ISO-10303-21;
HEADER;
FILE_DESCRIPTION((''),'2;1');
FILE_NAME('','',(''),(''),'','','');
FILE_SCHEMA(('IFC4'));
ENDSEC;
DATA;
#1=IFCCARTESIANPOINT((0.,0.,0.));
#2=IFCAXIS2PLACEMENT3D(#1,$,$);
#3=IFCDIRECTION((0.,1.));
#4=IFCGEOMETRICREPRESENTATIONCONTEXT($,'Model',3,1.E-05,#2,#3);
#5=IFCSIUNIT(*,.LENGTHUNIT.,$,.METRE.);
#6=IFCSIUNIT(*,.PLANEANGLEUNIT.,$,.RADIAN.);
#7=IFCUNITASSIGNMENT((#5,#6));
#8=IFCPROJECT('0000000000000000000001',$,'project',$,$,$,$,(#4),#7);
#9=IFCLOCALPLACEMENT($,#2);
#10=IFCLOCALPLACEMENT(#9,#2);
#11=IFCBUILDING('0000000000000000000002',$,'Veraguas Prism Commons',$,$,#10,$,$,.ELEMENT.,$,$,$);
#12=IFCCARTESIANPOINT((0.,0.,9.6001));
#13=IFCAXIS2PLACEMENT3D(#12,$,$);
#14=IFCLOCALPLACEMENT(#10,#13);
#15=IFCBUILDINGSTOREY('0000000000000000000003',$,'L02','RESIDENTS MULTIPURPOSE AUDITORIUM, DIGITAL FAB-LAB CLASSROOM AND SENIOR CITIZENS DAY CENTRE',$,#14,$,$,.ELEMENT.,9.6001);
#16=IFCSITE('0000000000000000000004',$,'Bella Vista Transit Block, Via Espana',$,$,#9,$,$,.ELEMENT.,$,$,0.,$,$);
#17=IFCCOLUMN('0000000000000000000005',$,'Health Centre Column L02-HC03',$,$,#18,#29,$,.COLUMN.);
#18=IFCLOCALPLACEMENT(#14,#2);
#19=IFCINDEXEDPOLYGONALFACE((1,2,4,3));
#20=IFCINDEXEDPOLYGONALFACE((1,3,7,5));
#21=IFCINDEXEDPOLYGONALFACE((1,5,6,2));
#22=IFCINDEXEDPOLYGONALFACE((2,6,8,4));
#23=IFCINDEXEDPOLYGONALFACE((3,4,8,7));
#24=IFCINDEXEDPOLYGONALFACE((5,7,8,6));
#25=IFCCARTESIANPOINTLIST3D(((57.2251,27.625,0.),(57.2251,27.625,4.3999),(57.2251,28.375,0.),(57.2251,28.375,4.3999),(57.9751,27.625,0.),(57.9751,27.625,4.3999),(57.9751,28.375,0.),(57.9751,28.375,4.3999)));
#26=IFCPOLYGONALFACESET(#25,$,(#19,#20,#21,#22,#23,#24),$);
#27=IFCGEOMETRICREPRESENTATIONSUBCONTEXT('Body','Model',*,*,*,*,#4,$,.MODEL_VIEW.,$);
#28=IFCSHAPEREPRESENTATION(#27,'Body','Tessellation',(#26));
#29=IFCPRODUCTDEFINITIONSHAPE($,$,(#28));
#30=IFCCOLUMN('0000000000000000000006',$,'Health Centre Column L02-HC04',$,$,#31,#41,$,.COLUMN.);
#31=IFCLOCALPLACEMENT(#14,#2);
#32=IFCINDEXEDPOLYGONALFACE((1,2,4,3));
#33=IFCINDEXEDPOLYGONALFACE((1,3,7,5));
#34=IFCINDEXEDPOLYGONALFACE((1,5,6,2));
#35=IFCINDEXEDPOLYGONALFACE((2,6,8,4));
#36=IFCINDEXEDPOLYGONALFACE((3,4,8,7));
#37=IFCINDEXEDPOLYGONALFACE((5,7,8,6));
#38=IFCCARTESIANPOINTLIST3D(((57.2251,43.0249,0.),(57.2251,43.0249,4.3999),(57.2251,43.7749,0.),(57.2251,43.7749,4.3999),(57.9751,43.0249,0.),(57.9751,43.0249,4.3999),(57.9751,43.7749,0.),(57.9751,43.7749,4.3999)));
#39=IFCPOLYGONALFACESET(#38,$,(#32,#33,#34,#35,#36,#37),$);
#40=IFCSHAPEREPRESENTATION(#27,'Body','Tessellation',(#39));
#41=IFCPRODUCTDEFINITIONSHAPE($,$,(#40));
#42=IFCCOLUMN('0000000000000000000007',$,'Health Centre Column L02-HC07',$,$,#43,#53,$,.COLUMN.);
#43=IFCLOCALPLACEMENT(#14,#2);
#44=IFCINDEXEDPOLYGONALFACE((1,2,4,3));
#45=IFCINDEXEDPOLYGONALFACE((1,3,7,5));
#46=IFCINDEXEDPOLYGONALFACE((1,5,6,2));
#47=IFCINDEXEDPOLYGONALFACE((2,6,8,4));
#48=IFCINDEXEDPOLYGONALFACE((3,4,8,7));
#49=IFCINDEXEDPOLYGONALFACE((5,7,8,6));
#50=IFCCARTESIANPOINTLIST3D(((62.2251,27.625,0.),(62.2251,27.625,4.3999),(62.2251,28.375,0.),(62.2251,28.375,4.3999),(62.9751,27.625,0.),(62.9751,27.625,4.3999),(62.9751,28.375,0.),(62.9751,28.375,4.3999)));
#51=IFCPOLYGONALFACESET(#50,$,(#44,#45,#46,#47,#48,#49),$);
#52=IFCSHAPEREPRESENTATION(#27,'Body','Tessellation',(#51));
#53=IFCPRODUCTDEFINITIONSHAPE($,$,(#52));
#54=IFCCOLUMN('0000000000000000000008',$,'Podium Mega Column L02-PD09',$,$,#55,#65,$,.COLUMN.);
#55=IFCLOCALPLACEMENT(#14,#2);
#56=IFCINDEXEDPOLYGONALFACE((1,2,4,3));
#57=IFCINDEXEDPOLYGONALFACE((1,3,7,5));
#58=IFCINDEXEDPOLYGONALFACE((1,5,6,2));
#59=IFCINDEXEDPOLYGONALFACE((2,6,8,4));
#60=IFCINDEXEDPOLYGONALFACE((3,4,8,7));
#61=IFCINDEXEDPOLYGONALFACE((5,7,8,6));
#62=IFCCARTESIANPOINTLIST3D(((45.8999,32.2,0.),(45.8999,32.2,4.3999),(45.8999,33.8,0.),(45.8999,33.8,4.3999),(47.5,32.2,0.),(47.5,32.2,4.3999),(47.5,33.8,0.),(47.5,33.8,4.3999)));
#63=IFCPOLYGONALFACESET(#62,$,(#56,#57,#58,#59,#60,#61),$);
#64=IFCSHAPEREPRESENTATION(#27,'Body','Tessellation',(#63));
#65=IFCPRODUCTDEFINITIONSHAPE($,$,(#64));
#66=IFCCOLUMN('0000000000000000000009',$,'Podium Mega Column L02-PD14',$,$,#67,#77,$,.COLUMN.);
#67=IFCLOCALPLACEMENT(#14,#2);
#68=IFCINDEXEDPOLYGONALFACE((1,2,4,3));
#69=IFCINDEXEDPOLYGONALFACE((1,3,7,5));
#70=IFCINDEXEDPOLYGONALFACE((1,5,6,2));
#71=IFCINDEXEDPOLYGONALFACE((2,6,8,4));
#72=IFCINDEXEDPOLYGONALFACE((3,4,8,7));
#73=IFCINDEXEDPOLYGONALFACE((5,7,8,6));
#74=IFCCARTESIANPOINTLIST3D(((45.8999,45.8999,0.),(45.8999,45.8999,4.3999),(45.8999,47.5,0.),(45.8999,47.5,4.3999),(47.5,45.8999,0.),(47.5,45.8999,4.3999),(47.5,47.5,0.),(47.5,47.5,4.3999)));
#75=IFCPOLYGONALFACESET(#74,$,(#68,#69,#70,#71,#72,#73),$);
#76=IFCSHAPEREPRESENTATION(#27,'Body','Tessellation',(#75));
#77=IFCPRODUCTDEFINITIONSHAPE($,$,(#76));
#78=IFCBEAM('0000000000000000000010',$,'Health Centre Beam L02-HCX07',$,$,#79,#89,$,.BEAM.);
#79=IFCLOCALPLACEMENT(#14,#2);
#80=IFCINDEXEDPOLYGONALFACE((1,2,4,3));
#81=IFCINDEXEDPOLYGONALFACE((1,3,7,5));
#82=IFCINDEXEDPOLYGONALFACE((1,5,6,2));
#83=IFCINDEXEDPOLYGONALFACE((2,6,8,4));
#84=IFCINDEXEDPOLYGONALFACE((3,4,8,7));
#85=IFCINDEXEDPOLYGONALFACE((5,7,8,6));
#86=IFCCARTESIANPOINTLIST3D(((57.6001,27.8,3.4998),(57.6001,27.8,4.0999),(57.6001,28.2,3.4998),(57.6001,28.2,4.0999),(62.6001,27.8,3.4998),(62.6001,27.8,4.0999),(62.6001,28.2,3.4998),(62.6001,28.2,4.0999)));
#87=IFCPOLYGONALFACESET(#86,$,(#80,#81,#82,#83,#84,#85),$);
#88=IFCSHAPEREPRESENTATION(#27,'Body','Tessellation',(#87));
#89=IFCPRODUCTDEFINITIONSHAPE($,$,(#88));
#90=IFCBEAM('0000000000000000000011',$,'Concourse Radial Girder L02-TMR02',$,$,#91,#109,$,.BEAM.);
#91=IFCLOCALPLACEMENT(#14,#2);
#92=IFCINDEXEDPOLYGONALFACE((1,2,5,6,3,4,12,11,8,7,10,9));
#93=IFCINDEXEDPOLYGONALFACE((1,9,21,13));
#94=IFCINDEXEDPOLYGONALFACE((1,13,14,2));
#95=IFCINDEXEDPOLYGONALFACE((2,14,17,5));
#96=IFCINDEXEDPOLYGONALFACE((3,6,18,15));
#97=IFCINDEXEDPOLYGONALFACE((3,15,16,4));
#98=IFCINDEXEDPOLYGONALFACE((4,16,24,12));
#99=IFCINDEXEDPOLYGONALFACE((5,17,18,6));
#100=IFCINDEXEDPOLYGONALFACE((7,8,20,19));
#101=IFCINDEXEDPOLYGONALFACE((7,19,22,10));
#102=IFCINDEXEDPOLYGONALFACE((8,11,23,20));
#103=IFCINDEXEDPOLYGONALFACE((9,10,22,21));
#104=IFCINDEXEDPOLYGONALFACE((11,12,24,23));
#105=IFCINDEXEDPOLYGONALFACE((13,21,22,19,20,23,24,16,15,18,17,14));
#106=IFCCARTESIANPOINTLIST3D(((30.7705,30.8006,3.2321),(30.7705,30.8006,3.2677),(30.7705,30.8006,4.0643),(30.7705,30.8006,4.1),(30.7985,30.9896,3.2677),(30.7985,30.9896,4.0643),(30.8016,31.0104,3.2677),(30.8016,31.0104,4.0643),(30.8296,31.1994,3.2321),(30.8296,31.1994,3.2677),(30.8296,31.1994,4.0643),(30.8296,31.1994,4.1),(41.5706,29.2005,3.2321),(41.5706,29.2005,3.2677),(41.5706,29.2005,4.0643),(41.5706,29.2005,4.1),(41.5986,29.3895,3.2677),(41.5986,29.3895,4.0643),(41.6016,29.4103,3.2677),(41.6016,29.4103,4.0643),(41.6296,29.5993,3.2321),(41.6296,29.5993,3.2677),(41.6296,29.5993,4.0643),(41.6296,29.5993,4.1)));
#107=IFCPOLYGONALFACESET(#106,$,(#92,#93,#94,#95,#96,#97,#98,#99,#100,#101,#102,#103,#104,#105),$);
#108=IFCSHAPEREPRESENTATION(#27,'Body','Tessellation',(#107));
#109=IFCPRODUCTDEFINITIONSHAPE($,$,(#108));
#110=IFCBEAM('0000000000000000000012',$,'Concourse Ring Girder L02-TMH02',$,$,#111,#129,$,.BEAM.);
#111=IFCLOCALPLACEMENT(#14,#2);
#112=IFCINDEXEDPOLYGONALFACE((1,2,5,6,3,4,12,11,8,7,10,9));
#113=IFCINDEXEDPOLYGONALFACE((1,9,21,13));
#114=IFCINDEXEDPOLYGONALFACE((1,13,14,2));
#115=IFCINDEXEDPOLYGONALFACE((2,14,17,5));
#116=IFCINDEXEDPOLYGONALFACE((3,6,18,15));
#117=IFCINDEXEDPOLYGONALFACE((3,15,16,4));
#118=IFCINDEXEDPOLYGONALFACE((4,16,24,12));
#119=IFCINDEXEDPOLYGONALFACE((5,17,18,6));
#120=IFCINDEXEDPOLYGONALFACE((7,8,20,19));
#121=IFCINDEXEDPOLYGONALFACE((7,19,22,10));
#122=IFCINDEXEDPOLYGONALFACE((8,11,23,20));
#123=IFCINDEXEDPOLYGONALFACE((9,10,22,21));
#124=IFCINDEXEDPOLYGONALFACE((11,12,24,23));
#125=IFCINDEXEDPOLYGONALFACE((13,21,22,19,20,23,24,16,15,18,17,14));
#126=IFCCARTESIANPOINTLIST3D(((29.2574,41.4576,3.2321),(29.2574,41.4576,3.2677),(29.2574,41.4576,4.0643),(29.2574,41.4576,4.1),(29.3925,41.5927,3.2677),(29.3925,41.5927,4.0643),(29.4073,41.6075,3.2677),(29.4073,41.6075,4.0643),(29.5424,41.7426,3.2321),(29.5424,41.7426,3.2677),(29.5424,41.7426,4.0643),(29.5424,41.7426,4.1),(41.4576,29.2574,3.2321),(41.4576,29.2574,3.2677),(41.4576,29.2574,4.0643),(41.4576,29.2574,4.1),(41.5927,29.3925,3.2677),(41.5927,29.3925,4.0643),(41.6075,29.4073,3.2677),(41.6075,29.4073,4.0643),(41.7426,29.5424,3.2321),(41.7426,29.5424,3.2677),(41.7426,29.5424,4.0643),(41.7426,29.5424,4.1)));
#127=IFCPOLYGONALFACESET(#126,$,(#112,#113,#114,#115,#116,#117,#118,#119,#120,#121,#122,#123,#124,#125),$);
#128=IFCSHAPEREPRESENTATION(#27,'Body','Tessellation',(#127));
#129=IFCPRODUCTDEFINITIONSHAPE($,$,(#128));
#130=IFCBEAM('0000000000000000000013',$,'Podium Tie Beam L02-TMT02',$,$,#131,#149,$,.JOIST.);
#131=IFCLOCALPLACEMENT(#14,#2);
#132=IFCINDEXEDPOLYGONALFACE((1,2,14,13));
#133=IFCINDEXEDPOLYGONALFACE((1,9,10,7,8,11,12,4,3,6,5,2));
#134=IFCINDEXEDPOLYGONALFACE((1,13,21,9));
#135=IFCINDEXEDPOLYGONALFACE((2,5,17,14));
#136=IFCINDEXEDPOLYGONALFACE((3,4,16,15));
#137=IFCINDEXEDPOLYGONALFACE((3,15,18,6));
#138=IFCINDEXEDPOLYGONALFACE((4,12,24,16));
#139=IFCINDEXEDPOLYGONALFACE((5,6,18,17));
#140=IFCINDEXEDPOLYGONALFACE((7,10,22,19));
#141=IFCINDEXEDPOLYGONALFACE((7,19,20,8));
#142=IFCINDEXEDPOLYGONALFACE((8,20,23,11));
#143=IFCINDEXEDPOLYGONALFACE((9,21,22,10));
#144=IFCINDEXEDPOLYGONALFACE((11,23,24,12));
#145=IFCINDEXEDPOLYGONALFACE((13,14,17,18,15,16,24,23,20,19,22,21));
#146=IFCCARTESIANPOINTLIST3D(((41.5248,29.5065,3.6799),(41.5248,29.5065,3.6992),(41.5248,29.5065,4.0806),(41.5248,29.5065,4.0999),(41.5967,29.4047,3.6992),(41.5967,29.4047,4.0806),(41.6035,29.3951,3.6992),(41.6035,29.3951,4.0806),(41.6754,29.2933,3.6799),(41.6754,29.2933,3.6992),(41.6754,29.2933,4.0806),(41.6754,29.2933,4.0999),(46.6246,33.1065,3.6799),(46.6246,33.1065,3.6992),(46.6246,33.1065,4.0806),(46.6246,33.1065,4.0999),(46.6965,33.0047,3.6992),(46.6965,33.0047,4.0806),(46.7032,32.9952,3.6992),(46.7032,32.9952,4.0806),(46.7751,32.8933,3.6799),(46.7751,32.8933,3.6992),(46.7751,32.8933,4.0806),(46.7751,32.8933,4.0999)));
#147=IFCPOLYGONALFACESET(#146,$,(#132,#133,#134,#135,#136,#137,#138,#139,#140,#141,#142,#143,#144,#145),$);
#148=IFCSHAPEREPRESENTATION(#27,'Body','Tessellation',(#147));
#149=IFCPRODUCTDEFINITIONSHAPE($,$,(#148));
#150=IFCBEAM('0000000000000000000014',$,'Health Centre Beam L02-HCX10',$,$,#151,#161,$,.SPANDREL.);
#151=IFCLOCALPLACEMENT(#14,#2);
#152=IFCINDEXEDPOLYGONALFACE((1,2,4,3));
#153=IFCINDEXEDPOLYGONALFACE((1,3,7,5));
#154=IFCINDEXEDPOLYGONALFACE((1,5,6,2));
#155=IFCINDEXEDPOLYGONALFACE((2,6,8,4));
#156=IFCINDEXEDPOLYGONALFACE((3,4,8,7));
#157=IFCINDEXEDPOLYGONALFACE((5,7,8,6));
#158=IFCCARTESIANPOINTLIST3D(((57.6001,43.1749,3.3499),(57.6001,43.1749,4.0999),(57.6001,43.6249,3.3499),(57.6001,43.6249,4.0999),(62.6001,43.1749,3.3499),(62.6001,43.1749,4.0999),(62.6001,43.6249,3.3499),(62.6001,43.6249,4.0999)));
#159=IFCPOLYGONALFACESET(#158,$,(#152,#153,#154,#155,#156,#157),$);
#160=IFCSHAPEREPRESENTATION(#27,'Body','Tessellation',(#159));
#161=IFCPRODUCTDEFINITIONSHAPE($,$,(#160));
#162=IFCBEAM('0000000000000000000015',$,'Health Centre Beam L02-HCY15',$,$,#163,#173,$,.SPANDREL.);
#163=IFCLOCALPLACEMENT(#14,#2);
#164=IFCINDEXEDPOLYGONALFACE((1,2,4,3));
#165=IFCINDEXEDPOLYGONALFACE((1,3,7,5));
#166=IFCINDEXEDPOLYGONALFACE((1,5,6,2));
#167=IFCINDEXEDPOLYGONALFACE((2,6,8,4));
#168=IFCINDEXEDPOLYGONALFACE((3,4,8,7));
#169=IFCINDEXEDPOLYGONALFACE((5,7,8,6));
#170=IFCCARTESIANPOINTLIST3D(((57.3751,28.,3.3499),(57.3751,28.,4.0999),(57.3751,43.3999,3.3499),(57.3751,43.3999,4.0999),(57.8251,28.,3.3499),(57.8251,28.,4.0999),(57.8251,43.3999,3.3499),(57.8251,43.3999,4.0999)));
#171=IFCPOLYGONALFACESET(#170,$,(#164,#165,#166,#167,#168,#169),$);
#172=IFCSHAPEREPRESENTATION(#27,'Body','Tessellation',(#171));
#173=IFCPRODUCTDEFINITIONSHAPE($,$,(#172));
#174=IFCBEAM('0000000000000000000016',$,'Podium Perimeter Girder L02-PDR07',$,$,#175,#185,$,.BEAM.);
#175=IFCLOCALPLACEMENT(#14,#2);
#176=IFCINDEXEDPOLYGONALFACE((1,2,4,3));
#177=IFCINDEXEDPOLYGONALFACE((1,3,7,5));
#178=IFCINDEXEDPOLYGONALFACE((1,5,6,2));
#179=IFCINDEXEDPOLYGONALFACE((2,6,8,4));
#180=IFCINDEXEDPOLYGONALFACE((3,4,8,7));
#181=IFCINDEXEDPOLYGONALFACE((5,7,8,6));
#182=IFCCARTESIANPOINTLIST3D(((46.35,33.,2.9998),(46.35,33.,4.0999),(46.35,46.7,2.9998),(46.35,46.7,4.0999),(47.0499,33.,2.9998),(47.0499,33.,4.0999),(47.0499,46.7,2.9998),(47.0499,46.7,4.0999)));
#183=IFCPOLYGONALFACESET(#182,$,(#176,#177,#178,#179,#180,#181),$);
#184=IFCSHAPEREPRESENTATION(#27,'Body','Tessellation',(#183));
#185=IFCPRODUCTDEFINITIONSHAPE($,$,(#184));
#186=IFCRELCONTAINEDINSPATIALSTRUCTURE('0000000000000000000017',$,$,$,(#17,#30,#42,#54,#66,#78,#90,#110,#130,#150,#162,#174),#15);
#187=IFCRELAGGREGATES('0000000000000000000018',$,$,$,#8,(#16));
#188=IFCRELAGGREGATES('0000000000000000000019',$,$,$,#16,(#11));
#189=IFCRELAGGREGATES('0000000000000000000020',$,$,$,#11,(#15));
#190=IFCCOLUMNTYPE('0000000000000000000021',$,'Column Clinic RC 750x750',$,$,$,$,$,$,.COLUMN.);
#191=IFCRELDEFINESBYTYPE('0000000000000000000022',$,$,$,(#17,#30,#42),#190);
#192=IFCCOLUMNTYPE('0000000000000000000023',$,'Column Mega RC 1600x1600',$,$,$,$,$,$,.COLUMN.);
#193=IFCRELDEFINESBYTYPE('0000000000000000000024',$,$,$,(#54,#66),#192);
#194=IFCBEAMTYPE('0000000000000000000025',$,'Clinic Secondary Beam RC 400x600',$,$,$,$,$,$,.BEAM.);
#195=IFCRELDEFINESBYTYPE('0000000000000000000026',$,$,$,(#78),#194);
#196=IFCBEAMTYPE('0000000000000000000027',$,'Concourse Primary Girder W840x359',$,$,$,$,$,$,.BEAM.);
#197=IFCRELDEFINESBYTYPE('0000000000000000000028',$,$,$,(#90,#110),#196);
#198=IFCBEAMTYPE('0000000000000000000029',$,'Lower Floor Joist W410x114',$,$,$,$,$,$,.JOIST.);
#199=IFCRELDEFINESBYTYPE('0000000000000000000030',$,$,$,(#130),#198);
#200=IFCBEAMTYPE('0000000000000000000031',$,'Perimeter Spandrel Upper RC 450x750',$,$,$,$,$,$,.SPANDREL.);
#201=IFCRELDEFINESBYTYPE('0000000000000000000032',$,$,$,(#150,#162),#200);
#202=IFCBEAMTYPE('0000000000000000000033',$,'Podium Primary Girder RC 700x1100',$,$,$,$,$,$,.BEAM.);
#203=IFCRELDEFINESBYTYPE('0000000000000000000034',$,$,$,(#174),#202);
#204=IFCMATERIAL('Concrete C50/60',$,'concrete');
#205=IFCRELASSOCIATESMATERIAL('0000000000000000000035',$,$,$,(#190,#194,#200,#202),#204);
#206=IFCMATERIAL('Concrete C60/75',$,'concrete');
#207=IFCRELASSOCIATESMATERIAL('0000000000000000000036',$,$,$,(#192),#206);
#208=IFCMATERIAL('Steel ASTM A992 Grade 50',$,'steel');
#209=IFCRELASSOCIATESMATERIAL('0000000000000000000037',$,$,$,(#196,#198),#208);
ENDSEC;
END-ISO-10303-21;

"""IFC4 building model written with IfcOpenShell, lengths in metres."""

from ifc_helpers import new_model, si_unit, direction, frame, origin, origin_2d, place, context, subcontext, project, spatial, rectangle, i_section, extrude, material, material_profile, profile_set, type_object, element, save


model = new_model("IFC4")

# Units and contexts
model_context = context("Model", 3, precision=1e-05, world=origin(), true_north=direction((0.0, 1.0)))
body_context = subcontext(model_context, "Body", "Model", "MODEL_VIEW")
ifc_project = project(units=[si_unit("LENGTHUNIT", "METRE"), si_unit("PLANEANGLEUNIT", "RADIAN")], contexts=[model_context])

# Site, building, storey
site_placement = place(None, origin())
site = spatial("IfcSite", under=ifc_project, at=site_placement, Name="Bella Vista Transit Block, Via Espana", CompositionType="ELEMENT", RefElevation=0.0)
building_placement = place(site_placement, origin())
building = spatial("IfcBuilding", under=site, at=building_placement, Name="Veraguas Prism Commons", CompositionType="ELEMENT")
storey_placement = place(building_placement, frame((0.0, 0.0, 9.6001)))
storey = spatial("IfcBuildingStorey", under=building, at=storey_placement, Name="L02", Description="RESIDENTS MULTIPURPOSE AUDITORIUM, DIGITAL FAB-LAB CLASSROOM AND SENIOR CITIZENS DAY CENTRE", CompositionType="ELEMENT", Elevation=9.6001)

# Columns
ifc_material_1 = material(Name="Concrete C50/60", Category="concrete")
ifc_material_profile_1 = material_profile(ifc_material_1, rectangle(XDim=0.75, YDim=0.75, at=origin_2d()), Name="RC750X750")
ifc_profile_set_1 = profile_set([ifc_material_profile_1], Name="Concrete C50/60")
column_type_1 = type_object("IfcColumnType", Name="Column Clinic RC 750x750", PredefinedType="COLUMN", material=ifc_profile_set_1)
for number, where, z_axis, x_axis, name in (
    (1, (57.6001, 28.0, 0.0), (0.0, 0.0, 1.0), (1.0, 0.0, 0.0), "Health Centre Column L02-HC03"),
    (2, (57.6001, 43.3999, 0.0), (0.0, 0.0, 1.0), (1.0, 0.0, 0.0), "Health Centre Column L02-HC04"),
    (3, (62.6001, 28.0, 0.0), (0.0, 0.0, 1.0), (1.0, 0.0, 0.0), "Health Centre Column L02-HC07"),
):
    element("IfcColumn", number, at=place(storey_placement, frame(where, z_axis=z_axis, x_axis=x_axis)), inside=storey, type_object=column_type_1, Name=name, PredefinedType="COLUMN", context=body_context, shape_type="SweptSolid", body=[
        extrude(rectangle(XDim=0.75, YDim=0.75, at=origin_2d()), origin(), (0.0, 0.0, 1.0), 4.3999),
    ])
ifc_material_2 = material(Name="Concrete C60/75", Category="concrete")
ifc_material_profile_2 = material_profile(ifc_material_2, rectangle(XDim=1.6001, YDim=1.6001, at=origin_2d()), Name="RC1600X1600")
ifc_profile_set_2 = profile_set([ifc_material_profile_2], Name="Concrete C60/75")
column_type_2 = type_object("IfcColumnType", Name="Column Mega RC 1600x1600", PredefinedType="COLUMN", material=ifc_profile_set_2)
for number, where, z_axis, x_axis, name in (
    (4, (46.7, 33.0, 0.0), (0.0, 0.0, 1.0), (1.0, 0.0, 0.0), "Podium Mega Column L02-PD09"),
    (5, (46.7, 46.7, 0.0), (0.0, 0.0, 1.0), (1.0, 0.0, 0.0), "Podium Mega Column L02-PD14"),
):
    element("IfcColumn", number, at=place(storey_placement, frame(where, z_axis=z_axis, x_axis=x_axis)), inside=storey, type_object=column_type_2, Name=name, PredefinedType="COLUMN", context=body_context, shape_type="SweptSolid", body=[
        extrude(rectangle(XDim=1.6001, YDim=1.6001, at=origin_2d()), origin(), (0.0, 0.0, 1.0), 4.3999),
    ])

# Beams
ifc_material_profile_3 = material_profile(ifc_material_1, rectangle(XDim=0.3999, YDim=0.6001, at=origin_2d()), Name="RC400X600")
ifc_profile_set_3 = profile_set([ifc_material_profile_3], Name="Concrete C50/60")
beam_type_1 = type_object("IfcBeamType", Name="Clinic Secondary Beam RC 400x600", PredefinedType="BEAM", material=ifc_profile_set_3)
beam_1_placement = place(storey_placement, frame((57.6001, 28.0, 3.7998), z_axis=(1.0, 0.0, 0.0), x_axis=(0.0, 1.0, 0.0)))
element("IfcBeam", 6, at=beam_1_placement, inside=storey, type_object=beam_type_1, Name="Health Centre Beam L02-HCX07", PredefinedType="BEAM", context=body_context, shape_type="SweptSolid", body=[
    extrude(rectangle(XDim=0.3999, YDim=0.6001, at=origin_2d()), origin(), (0.0, 0.0, 1.0), 5.0),
])
ifc_material_3 = material(Name="Steel ASTM A992 Grade 50", Category="steel")
ifc_material_profile_4 = material_profile(ifc_material_3, i_section(OverallWidth=0.4031, OverallDepth=0.8679, WebThickness=0.021, FlangeThickness=0.0356, at=origin_2d()), Name="W840X359")
ifc_profile_set_4 = profile_set([ifc_material_profile_4], Name="Steel ASTM A992 Grade 50")
beam_type_2 = type_object("IfcBeamType", Name="Concourse Primary Girder W840x359", PredefinedType="BEAM", material=ifc_profile_set_4)
beam_2_placement = place(storey_placement, frame((41.6001, 29.3999, 3.666), z_axis=(-0.989202, 0.146557, 0.0), x_axis=(-0.146557, -0.989202, 0.0)))
element("IfcBeam", 7, at=beam_2_placement, inside=storey, type_object=beam_type_2, Name="Concourse Radial Girder L02-TMR02", PredefinedType="BEAM", context=body_context, shape_type="SweptSolid", body=[
    extrude(i_section(OverallWidth=0.4031, OverallDepth=0.8679, WebThickness=0.021, FlangeThickness=0.0356, at=origin_2d()), origin(), (0.0, 0.0, 1.0), 10.918),
])
beam_3_placement = place(storey_placement, frame((41.6001, 29.3999, 3.666), z_axis=(-0.707107, 0.707107, 0.0), x_axis=(-0.707107, -0.707107, 0.0)))
element("IfcBeam", 8, at=beam_3_placement, inside=storey, type_object=beam_type_2, Name="Concourse Ring Girder L02-TMH02", PredefinedType="BEAM", context=body_context, shape_type="SweptSolid", body=[
    extrude(i_section(OverallWidth=0.4031, OverallDepth=0.8679, WebThickness=0.021, FlangeThickness=0.0356, at=origin_2d()), origin(), (0.0, 0.0, 1.0), 17.2537),
])
ifc_material_profile_5 = material_profile(ifc_material_3, i_section(OverallWidth=0.261, OverallDepth=0.4199, WebThickness=0.0117, FlangeThickness=0.0193, at=origin_2d()), Name="W410X114")
ifc_profile_set_5 = profile_set([ifc_material_profile_5], Name="Steel ASTM A992 Grade 50")
beam_type_3 = type_object("IfcBeamType", Name="Lower Floor Joist W410x114", PredefinedType="JOIST", material=ifc_profile_set_5)
beam_4_placement = place(storey_placement, frame((41.6001, 29.3999, 3.8899), z_axis=(0.816953, 0.576705, 0.0), x_axis=(-0.576705, 0.816953, 0.0)))
element("IfcBeam", 9, at=beam_4_placement, inside=storey, type_object=beam_type_3, Name="Podium Tie Beam L02-TMT02", PredefinedType="JOIST", context=body_context, shape_type="SweptSolid", body=[
    extrude(i_section(OverallWidth=0.261, OverallDepth=0.4199, WebThickness=0.0117, FlangeThickness=0.0193, at=origin_2d()), origin(), (0.0, 0.0, 1.0), 6.2424),
])
ifc_material_profile_6 = material_profile(ifc_material_1, rectangle(XDim=0.45, YDim=0.75, at=origin_2d()), Name="RC450X750")
ifc_profile_set_6 = profile_set([ifc_material_profile_6], Name="Concrete C50/60")
beam_type_4 = type_object("IfcBeamType", Name="Perimeter Spandrel Upper RC 450x750", PredefinedType="SPANDREL", material=ifc_profile_set_6)
beam_5_placement = place(storey_placement, frame((57.6001, 43.3999, 3.7249), z_axis=(1.0, 0.0, 0.0), x_axis=(0.0, 1.0, 0.0)))
element("IfcBeam", 10, at=beam_5_placement, inside=storey, type_object=beam_type_4, Name="Health Centre Beam L02-HCX10", PredefinedType="SPANDREL", context=body_context, shape_type="SweptSolid", body=[
    extrude(rectangle(XDim=0.45, YDim=0.75, at=origin_2d()), origin(), (0.0, 0.0, 1.0), 5.0),
])
beam_6_placement = place(storey_placement, frame((57.6001, 28.0, 3.7249), z_axis=(0.0, 1.0, 0.0), x_axis=(-1.0, 0.0, 0.0)))
element("IfcBeam", 11, at=beam_6_placement, inside=storey, type_object=beam_type_4, Name="Health Centre Beam L02-HCY15", PredefinedType="SPANDREL", context=body_context, shape_type="SweptSolid", body=[
    extrude(rectangle(XDim=0.45, YDim=0.75, at=origin_2d()), origin(), (0.0, 0.0, 1.0), 15.3999),
])
ifc_material_profile_7 = material_profile(ifc_material_1, rectangle(XDim=0.7, YDim=1.1001, at=origin_2d()), Name="RC700X1100")
ifc_profile_set_7 = profile_set([ifc_material_profile_7], Name="Concrete C50/60")
beam_type_5 = type_object("IfcBeamType", Name="Podium Primary Girder RC 700x1100", PredefinedType="BEAM", material=ifc_profile_set_7)
beam_7_placement = place(storey_placement, frame((46.7, 33.0, 3.5498), z_axis=(0.0, 1.0, 0.0), x_axis=(-1.0, 0.0, 0.0)))
element("IfcBeam", 12, at=beam_7_placement, inside=storey, type_object=beam_type_5, Name="Podium Perimeter Girder L02-PDR07", PredefinedType="BEAM", context=body_context, shape_type="SweptSolid", body=[
    extrude(rectangle(XDim=0.7, YDim=1.1001, at=origin_2d()), origin(), (0.0, 0.0, 1.0), 13.7),
])

save(model, "model.ifc")
